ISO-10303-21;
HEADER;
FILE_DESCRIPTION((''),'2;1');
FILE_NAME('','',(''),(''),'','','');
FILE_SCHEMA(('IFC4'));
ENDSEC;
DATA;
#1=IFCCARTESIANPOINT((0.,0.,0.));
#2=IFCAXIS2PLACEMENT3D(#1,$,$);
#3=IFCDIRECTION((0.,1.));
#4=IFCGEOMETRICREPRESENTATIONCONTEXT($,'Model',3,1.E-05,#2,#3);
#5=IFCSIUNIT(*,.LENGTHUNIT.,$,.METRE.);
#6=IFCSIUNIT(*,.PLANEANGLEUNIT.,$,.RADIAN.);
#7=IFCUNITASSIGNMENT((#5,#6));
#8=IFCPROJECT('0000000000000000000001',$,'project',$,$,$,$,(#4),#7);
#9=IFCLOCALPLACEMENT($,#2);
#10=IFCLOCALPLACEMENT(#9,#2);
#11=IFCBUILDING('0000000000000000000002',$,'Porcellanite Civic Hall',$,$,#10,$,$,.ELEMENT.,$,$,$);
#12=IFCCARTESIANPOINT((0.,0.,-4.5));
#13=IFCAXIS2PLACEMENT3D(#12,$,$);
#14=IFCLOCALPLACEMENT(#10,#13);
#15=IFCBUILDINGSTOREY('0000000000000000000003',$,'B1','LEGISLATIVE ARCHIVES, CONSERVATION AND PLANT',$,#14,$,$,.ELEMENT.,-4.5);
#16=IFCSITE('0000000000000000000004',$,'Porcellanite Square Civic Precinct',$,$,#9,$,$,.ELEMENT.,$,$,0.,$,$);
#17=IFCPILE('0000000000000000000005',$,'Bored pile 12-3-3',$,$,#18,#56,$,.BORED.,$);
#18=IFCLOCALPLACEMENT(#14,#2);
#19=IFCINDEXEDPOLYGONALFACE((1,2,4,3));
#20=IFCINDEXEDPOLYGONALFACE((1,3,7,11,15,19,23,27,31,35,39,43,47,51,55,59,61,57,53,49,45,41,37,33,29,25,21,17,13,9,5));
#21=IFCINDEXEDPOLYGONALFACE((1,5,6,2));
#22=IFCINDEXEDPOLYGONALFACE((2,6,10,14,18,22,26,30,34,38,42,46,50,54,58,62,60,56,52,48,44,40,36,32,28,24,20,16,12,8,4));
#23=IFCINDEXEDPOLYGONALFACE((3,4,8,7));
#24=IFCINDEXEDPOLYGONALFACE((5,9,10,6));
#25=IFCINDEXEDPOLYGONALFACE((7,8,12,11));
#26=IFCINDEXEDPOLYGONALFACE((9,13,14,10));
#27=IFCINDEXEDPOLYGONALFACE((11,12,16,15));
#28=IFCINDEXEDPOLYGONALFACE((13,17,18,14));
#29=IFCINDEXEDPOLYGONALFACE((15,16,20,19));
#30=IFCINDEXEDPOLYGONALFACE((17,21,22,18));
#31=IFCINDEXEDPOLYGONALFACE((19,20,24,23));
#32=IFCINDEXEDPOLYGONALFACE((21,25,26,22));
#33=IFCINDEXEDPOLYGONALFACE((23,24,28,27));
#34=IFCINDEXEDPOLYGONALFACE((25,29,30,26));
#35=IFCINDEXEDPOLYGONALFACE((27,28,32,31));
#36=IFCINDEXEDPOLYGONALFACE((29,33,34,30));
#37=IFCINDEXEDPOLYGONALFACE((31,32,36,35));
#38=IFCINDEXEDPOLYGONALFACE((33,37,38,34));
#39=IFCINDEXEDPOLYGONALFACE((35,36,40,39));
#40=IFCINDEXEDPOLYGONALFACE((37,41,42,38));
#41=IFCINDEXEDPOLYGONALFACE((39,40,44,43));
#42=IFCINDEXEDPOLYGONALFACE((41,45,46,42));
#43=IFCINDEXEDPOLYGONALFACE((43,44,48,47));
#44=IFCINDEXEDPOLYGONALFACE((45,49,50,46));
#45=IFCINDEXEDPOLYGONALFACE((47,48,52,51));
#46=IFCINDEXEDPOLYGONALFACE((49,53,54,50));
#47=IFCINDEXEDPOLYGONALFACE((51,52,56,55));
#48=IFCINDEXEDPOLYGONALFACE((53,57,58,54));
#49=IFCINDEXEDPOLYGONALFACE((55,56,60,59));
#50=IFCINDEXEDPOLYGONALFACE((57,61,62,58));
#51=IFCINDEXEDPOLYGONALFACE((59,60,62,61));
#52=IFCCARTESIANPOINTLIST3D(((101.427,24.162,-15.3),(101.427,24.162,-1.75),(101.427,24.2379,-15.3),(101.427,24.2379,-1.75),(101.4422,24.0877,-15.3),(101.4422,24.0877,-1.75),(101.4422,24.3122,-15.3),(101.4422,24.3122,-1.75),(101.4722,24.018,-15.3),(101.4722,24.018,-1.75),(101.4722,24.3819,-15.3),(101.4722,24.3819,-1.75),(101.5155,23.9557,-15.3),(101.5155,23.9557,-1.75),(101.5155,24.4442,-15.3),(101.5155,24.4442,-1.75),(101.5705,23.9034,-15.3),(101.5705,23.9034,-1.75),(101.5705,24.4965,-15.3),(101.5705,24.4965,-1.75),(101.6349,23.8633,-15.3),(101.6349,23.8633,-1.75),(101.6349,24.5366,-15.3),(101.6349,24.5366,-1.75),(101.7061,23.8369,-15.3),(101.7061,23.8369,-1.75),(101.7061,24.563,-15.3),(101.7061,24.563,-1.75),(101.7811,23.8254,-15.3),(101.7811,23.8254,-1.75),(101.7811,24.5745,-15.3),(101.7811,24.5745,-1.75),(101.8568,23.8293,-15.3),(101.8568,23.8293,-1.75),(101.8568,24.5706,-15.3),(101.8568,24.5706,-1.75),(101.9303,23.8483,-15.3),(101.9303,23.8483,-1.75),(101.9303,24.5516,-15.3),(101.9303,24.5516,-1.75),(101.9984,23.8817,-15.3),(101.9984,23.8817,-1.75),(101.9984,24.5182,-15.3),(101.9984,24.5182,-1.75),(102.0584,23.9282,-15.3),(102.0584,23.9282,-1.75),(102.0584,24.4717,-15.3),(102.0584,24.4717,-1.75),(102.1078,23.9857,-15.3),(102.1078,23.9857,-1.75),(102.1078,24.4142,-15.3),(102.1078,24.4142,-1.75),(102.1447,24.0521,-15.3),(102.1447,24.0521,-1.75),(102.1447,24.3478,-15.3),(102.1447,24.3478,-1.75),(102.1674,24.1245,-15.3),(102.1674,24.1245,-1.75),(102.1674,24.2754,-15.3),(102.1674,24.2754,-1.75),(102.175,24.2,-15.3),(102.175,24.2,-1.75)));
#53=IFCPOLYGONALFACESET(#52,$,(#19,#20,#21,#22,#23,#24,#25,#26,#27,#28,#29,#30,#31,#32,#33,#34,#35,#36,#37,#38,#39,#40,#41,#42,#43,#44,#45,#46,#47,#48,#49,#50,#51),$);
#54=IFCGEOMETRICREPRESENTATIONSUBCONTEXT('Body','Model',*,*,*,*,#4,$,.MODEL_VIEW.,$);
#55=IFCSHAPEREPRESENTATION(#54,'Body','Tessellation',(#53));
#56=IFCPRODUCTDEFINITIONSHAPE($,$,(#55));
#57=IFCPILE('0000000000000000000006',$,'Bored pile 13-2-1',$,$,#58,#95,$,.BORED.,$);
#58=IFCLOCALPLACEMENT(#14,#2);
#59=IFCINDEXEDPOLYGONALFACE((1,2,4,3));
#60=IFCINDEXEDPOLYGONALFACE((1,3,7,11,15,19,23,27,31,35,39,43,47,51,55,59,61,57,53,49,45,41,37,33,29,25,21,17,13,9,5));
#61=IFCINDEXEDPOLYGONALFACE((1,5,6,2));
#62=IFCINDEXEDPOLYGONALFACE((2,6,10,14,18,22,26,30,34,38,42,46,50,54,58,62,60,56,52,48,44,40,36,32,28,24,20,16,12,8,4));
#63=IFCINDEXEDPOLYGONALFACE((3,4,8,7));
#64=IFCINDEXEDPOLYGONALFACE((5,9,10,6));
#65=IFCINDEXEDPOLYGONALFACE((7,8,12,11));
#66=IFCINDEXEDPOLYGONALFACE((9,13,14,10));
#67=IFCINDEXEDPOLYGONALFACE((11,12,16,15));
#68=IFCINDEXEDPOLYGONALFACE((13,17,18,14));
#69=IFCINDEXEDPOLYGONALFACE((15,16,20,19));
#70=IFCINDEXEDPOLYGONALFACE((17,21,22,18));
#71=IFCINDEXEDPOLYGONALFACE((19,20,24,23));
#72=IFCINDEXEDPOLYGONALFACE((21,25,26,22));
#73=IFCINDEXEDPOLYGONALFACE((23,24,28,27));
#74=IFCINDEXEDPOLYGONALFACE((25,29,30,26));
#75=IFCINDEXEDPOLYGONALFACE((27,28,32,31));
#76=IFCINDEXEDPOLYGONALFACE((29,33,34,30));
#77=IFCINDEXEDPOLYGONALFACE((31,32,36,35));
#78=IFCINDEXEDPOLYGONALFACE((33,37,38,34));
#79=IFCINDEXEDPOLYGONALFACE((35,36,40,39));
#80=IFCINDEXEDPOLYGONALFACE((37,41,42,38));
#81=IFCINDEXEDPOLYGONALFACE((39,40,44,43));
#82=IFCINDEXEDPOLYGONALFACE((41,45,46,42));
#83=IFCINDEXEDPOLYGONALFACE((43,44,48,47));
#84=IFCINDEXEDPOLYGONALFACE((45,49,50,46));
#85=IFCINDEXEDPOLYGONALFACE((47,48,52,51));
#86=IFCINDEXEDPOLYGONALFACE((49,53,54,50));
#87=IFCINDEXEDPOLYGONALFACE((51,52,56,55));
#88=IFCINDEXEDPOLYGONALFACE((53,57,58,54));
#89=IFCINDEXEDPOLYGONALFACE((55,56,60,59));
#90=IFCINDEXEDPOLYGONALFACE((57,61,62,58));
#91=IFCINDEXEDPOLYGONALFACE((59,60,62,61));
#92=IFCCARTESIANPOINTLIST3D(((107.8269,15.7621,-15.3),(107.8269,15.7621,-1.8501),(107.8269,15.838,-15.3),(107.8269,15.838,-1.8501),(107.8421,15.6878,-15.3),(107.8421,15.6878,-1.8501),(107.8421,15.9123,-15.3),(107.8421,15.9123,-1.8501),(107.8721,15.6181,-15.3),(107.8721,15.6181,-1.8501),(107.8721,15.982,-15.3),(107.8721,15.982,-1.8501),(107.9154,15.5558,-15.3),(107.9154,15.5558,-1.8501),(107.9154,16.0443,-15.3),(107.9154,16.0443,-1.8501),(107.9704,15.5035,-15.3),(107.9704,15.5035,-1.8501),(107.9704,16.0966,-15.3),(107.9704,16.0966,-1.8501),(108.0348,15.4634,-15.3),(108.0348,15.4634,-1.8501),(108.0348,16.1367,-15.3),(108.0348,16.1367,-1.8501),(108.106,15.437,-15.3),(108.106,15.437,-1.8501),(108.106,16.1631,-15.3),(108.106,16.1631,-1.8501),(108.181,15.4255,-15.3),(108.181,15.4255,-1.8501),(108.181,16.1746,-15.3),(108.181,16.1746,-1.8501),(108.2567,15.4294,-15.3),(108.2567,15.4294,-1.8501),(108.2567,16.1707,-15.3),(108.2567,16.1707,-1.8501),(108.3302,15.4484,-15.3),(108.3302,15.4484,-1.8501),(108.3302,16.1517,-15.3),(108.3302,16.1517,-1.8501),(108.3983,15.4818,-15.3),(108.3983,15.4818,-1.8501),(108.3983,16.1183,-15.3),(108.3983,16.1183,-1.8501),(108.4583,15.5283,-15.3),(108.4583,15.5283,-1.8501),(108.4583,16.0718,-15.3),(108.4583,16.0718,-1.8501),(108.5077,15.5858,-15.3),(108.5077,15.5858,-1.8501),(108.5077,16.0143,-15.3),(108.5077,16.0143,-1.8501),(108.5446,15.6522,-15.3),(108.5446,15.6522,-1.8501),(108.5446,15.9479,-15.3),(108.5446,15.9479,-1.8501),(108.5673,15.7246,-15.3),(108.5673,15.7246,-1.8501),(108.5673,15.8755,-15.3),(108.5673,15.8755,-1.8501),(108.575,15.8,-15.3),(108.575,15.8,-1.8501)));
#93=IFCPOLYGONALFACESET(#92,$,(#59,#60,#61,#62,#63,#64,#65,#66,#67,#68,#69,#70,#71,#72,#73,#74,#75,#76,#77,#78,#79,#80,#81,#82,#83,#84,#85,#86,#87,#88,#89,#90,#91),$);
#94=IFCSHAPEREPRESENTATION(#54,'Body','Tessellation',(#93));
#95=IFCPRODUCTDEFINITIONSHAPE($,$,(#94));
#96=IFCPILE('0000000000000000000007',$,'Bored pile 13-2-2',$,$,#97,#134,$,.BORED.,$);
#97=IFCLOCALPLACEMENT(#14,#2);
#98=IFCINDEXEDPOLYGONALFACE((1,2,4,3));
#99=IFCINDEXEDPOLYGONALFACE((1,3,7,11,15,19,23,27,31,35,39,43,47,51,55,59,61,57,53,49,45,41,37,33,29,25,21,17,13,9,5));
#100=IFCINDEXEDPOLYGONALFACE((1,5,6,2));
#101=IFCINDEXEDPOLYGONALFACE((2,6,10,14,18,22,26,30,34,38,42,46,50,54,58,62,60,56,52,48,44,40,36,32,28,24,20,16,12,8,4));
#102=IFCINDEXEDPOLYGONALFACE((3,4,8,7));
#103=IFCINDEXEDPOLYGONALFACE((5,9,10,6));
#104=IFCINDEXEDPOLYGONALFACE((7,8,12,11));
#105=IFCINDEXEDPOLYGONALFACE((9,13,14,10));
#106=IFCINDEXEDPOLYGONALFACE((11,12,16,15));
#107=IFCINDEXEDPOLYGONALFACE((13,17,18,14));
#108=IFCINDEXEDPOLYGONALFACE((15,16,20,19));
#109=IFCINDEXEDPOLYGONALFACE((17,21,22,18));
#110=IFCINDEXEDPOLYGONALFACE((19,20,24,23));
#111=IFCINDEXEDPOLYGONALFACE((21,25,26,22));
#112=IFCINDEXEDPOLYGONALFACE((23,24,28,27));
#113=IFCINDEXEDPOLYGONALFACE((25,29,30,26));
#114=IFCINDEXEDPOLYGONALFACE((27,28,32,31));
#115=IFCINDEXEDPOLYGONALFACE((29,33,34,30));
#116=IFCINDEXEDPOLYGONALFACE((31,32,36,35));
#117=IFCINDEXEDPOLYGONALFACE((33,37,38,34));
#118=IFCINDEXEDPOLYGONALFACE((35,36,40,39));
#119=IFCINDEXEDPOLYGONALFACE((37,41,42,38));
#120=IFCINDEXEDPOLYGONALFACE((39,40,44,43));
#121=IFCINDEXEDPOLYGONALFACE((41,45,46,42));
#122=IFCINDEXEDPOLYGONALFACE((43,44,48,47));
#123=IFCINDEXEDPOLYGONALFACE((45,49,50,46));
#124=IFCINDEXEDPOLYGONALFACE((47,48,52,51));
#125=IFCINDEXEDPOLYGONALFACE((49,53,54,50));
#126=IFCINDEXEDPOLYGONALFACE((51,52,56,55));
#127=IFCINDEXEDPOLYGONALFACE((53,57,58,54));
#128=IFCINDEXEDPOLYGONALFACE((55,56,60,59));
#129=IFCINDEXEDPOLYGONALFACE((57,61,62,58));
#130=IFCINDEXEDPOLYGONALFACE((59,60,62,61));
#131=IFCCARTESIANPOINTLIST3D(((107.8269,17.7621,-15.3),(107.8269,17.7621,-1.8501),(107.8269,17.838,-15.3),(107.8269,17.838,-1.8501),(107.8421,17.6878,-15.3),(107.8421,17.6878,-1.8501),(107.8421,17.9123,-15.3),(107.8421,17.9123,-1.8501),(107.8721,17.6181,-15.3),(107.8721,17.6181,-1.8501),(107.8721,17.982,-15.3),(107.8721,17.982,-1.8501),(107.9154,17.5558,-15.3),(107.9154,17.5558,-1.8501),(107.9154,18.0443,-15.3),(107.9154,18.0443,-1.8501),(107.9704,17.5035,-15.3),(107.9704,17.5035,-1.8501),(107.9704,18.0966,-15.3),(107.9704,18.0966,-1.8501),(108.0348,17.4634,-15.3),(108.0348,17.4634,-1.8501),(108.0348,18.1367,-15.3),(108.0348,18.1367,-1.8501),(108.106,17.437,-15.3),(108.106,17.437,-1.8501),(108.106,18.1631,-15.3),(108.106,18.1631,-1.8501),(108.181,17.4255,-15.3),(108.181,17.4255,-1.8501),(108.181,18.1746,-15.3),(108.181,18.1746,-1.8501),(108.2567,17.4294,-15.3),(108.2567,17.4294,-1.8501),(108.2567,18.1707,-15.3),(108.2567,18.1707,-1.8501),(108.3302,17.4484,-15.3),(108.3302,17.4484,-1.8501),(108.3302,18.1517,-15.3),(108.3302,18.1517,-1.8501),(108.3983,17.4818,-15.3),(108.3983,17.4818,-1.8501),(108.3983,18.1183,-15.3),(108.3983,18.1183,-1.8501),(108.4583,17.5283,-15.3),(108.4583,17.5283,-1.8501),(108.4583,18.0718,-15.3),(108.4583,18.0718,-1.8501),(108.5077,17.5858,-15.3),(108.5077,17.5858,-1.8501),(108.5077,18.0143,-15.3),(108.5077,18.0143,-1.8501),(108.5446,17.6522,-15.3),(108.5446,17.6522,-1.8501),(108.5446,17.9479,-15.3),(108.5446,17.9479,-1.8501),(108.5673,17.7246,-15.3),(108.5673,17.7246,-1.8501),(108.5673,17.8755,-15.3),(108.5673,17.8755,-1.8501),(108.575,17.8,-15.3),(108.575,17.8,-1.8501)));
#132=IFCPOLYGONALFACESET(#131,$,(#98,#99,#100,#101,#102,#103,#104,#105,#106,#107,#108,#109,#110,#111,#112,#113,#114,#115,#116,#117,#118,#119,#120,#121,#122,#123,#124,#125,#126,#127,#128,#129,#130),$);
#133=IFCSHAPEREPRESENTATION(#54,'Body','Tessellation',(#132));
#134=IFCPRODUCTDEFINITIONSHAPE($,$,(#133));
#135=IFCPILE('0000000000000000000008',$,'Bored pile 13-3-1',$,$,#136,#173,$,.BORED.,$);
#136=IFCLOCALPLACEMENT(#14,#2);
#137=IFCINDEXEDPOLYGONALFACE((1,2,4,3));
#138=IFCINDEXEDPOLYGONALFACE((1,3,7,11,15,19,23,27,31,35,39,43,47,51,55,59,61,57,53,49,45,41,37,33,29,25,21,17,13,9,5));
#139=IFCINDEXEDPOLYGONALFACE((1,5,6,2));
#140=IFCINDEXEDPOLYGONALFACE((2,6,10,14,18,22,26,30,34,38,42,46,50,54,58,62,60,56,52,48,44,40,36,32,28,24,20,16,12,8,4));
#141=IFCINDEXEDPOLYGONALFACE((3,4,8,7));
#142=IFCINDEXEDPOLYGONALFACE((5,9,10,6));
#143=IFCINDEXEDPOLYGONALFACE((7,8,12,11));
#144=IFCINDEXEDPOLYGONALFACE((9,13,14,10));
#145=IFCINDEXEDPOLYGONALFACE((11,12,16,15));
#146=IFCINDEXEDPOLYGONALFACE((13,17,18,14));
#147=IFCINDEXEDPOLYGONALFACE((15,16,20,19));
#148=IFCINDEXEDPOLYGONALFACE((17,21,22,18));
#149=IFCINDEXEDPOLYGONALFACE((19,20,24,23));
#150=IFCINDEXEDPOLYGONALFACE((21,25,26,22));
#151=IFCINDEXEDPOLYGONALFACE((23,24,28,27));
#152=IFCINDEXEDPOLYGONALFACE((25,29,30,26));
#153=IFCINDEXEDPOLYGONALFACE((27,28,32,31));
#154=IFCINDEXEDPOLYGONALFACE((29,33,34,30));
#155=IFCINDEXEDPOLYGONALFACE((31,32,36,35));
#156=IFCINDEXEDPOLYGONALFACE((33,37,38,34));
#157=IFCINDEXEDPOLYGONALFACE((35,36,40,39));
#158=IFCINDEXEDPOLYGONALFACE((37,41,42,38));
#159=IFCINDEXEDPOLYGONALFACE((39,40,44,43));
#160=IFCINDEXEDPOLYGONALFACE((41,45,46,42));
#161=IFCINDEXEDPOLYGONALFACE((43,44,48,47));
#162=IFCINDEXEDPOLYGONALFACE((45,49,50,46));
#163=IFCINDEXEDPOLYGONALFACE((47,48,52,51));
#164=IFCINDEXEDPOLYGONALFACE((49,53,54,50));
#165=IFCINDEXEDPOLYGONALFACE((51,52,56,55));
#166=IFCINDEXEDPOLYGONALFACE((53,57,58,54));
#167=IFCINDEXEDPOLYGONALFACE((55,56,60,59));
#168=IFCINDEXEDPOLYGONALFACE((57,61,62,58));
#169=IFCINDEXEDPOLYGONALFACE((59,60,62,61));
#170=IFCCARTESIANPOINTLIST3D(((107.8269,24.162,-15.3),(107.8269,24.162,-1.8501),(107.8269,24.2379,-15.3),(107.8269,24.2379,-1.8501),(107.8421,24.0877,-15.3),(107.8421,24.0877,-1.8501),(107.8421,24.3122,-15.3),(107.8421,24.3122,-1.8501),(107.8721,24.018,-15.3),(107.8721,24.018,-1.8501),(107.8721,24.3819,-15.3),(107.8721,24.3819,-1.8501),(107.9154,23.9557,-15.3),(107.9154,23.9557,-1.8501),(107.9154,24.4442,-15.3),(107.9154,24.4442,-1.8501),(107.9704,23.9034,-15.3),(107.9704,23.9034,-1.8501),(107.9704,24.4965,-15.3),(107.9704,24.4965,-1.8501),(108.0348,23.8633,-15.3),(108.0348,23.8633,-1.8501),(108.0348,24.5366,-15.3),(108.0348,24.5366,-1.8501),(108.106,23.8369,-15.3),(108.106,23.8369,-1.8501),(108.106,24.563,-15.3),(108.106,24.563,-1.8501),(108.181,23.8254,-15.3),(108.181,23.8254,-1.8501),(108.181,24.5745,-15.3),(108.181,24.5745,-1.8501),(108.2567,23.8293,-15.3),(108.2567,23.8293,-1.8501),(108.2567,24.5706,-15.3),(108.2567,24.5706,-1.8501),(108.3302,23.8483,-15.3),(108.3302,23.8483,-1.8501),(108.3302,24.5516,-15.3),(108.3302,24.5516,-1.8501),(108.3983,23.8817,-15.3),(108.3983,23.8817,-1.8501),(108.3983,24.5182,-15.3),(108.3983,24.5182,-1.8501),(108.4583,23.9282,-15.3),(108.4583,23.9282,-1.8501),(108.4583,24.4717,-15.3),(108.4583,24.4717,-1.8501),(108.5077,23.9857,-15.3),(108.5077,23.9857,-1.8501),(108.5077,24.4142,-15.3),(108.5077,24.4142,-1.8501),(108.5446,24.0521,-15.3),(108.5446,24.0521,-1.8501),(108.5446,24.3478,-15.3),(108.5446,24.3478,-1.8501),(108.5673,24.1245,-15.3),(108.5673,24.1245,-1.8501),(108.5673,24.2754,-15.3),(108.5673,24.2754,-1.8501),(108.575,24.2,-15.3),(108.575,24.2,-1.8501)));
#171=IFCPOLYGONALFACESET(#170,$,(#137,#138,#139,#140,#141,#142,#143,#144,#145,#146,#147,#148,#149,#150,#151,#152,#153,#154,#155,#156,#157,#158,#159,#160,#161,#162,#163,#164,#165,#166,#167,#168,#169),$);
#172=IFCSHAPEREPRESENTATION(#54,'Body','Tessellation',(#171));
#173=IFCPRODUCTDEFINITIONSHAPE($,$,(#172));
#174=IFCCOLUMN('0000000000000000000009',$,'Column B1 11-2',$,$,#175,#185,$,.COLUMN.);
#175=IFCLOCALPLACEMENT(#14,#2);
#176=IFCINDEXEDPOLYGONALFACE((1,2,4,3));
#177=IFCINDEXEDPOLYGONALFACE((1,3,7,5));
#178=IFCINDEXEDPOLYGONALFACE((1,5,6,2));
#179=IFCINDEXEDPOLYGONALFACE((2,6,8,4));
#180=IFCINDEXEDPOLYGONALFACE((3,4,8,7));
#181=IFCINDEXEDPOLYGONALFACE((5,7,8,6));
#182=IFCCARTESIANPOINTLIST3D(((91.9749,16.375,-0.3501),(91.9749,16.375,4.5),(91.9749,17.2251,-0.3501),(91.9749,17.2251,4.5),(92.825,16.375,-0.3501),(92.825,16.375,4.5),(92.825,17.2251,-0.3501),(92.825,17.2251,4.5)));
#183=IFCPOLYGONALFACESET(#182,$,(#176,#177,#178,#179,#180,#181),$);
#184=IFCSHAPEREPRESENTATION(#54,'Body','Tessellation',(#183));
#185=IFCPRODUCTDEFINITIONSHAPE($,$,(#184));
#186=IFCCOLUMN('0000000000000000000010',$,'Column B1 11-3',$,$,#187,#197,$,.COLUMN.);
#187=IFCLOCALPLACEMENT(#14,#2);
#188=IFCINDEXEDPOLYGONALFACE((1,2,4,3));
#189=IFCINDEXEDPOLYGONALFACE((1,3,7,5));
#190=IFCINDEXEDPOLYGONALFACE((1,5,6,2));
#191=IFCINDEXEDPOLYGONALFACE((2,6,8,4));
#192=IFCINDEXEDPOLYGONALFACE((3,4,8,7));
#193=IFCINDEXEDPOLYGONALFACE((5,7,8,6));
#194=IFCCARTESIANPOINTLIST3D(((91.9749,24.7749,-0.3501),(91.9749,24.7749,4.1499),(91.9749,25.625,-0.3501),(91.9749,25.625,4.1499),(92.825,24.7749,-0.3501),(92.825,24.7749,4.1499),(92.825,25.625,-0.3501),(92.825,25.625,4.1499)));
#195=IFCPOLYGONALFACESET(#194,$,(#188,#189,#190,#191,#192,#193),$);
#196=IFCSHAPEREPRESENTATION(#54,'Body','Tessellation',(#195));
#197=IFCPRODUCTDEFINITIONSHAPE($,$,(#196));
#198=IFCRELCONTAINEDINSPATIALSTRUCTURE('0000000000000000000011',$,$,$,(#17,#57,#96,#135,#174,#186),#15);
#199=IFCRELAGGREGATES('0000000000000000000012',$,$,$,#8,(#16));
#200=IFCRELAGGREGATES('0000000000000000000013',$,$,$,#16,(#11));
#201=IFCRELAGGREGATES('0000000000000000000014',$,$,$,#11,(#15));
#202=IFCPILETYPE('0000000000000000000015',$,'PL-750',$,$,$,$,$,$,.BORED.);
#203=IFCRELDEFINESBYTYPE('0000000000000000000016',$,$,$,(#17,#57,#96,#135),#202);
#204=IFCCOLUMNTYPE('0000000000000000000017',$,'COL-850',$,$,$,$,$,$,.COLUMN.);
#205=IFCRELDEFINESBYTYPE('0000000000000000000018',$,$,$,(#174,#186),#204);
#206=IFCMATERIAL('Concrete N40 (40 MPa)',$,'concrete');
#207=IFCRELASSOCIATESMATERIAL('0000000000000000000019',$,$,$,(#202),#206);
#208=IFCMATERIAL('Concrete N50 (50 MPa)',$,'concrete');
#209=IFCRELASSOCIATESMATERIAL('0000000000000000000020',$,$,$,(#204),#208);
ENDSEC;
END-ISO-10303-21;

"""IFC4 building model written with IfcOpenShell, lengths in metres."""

from ifc_helpers import new_model, si_unit, direction, frame, origin, origin_2d, place, context, subcontext, project, spatial, rectangle, circle, extrude, material, material_profile, profile_set, type_object, element, save


model = new_model("IFC4")

# Units and contexts
model_context = context("Model", 3, precision=1e-05, world=origin(), true_north=direction((0.0, 1.0)))
body_context = subcontext(model_context, "Body", "Model", "MODEL_VIEW")
ifc_project = project(units=[si_unit("LENGTHUNIT", "METRE"), si_unit("PLANEANGLEUNIT", "RADIAN")], contexts=[model_context])

# Site, building, storey
site_placement = place(None, origin())
site = spatial("IfcSite", under=ifc_project, at=site_placement, Name="Porcellanite Square Civic Precinct", CompositionType="ELEMENT", RefElevation=0.0)
building_placement = place(site_placement, origin())
building = spatial("IfcBuilding", under=site, at=building_placement, Name="Porcellanite Civic Hall", CompositionType="ELEMENT")
storey_placement = place(building_placement, frame((0.0, 0.0, -4.5)))
storey = spatial("IfcBuildingStorey", under=building, at=storey_placement, Name="B1", Description="LEGISLATIVE ARCHIVES, CONSERVATION AND PLANT", CompositionType="ELEMENT", Elevation=-4.5)

# Piles
ifc_material_1 = material(Name="Concrete N40 (40 MPa)", Category="concrete")
ifc_material_profile_1 = material_profile(ifc_material_1, circle(Radius=0.375, at=origin_2d()), Name="PILE-D750")
ifc_profile_set_1 = profile_set([ifc_material_profile_1], Name="Concrete N40 (40 MPa)")
pile_type = type_object("IfcPileType", Name="PL-750", PredefinedType="BORED", material=ifc_profile_set_1)
for number, where, z_axis, x_axis, name in (
    (1, (101.8, 24.2, -1.75), (0.0, 0.0, -1.0), (1.0, 0.0, 0.0), "Bored pile 12-3-3"),
):
    element("IfcPile", number, at=place(storey_placement, frame(where, z_axis=z_axis, x_axis=x_axis)), inside=storey, type_object=pile_type, Name=name, PredefinedType="BORED", context=body_context, shape_type="SweptSolid", body=[
        extrude(circle(Radius=0.375, at=origin_2d()), origin(), (0.0, 0.0, 1.0), 13.55),
    ])
for number, where, z_axis, x_axis, name in (
    (2, (108.2, 15.8, -1.8501), (0.0, 0.0, -1.0), (1.0, 0.0, 0.0), "Bored pile 13-2-1"),
    (3, (108.2, 17.8, -1.8501), (0.0, 0.0, -1.0), (1.0, 0.0, 0.0), "Bored pile 13-2-2"),
    (4, (108.2, 24.2, -1.8501), (0.0, 0.0, -1.0), (1.0, 0.0, 0.0), "Bored pile 13-3-1"),
):
    element("IfcPile", number, at=place(storey_placement, frame(where, z_axis=z_axis, x_axis=x_axis)), inside=storey, type_object=pile_type, Name=name, PredefinedType="BORED", context=body_context, shape_type="SweptSolid", body=[
        extrude(circle(Radius=0.375, at=origin_2d()), origin(), (0.0, 0.0, 1.0), 13.45),
    ])

# Columns
ifc_material_2 = material(Name="Concrete N50 (50 MPa)", Category="concrete")
ifc_material_profile_2 = material_profile(ifc_material_2, rectangle(XDim=0.8501, YDim=0.8501, at=origin_2d()), Name="RC-850x850")
ifc_profile_set_2 = profile_set([ifc_material_profile_2], Name="Concrete N50 (50 MPa)")
column_type = type_object("IfcColumnType", Name="COL-850", PredefinedType="COLUMN", material=ifc_profile_set_2)
column_1_placement = place(storey_placement, frame((92.3999, 16.8, -0.3501), z_axis=(0.0, 0.0, 1.0), x_axis=(1.0, 0.0, 0.0)))
element("IfcColumn", 5, at=column_1_placement, inside=storey, type_object=column_type, Name="Column B1 11-2", PredefinedType="COLUMN", context=body_context, shape_type="SweptSolid", body=[
    extrude(rectangle(XDim=0.8501, YDim=0.8501, at=origin_2d()), origin(), (0.0, 0.0, 1.0), 4.8501),
])
column_2_placement = place(storey_placement, frame((92.3999, 25.2, -0.3501), z_axis=(0.0, 0.0, 1.0), x_axis=(1.0, 0.0, 0.0)))
element("IfcColumn", 6, at=column_2_placement, inside=storey, type_object=column_type, Name="Column B1 11-3", PredefinedType="COLUMN", context=body_context, shape_type="SweptSolid", body=[
    extrude(rectangle(XDim=0.8501, YDim=0.8501, at=origin_2d()), origin(), (0.0, 0.0, 1.0), 4.5),
])

save(model, "model.ifc")
